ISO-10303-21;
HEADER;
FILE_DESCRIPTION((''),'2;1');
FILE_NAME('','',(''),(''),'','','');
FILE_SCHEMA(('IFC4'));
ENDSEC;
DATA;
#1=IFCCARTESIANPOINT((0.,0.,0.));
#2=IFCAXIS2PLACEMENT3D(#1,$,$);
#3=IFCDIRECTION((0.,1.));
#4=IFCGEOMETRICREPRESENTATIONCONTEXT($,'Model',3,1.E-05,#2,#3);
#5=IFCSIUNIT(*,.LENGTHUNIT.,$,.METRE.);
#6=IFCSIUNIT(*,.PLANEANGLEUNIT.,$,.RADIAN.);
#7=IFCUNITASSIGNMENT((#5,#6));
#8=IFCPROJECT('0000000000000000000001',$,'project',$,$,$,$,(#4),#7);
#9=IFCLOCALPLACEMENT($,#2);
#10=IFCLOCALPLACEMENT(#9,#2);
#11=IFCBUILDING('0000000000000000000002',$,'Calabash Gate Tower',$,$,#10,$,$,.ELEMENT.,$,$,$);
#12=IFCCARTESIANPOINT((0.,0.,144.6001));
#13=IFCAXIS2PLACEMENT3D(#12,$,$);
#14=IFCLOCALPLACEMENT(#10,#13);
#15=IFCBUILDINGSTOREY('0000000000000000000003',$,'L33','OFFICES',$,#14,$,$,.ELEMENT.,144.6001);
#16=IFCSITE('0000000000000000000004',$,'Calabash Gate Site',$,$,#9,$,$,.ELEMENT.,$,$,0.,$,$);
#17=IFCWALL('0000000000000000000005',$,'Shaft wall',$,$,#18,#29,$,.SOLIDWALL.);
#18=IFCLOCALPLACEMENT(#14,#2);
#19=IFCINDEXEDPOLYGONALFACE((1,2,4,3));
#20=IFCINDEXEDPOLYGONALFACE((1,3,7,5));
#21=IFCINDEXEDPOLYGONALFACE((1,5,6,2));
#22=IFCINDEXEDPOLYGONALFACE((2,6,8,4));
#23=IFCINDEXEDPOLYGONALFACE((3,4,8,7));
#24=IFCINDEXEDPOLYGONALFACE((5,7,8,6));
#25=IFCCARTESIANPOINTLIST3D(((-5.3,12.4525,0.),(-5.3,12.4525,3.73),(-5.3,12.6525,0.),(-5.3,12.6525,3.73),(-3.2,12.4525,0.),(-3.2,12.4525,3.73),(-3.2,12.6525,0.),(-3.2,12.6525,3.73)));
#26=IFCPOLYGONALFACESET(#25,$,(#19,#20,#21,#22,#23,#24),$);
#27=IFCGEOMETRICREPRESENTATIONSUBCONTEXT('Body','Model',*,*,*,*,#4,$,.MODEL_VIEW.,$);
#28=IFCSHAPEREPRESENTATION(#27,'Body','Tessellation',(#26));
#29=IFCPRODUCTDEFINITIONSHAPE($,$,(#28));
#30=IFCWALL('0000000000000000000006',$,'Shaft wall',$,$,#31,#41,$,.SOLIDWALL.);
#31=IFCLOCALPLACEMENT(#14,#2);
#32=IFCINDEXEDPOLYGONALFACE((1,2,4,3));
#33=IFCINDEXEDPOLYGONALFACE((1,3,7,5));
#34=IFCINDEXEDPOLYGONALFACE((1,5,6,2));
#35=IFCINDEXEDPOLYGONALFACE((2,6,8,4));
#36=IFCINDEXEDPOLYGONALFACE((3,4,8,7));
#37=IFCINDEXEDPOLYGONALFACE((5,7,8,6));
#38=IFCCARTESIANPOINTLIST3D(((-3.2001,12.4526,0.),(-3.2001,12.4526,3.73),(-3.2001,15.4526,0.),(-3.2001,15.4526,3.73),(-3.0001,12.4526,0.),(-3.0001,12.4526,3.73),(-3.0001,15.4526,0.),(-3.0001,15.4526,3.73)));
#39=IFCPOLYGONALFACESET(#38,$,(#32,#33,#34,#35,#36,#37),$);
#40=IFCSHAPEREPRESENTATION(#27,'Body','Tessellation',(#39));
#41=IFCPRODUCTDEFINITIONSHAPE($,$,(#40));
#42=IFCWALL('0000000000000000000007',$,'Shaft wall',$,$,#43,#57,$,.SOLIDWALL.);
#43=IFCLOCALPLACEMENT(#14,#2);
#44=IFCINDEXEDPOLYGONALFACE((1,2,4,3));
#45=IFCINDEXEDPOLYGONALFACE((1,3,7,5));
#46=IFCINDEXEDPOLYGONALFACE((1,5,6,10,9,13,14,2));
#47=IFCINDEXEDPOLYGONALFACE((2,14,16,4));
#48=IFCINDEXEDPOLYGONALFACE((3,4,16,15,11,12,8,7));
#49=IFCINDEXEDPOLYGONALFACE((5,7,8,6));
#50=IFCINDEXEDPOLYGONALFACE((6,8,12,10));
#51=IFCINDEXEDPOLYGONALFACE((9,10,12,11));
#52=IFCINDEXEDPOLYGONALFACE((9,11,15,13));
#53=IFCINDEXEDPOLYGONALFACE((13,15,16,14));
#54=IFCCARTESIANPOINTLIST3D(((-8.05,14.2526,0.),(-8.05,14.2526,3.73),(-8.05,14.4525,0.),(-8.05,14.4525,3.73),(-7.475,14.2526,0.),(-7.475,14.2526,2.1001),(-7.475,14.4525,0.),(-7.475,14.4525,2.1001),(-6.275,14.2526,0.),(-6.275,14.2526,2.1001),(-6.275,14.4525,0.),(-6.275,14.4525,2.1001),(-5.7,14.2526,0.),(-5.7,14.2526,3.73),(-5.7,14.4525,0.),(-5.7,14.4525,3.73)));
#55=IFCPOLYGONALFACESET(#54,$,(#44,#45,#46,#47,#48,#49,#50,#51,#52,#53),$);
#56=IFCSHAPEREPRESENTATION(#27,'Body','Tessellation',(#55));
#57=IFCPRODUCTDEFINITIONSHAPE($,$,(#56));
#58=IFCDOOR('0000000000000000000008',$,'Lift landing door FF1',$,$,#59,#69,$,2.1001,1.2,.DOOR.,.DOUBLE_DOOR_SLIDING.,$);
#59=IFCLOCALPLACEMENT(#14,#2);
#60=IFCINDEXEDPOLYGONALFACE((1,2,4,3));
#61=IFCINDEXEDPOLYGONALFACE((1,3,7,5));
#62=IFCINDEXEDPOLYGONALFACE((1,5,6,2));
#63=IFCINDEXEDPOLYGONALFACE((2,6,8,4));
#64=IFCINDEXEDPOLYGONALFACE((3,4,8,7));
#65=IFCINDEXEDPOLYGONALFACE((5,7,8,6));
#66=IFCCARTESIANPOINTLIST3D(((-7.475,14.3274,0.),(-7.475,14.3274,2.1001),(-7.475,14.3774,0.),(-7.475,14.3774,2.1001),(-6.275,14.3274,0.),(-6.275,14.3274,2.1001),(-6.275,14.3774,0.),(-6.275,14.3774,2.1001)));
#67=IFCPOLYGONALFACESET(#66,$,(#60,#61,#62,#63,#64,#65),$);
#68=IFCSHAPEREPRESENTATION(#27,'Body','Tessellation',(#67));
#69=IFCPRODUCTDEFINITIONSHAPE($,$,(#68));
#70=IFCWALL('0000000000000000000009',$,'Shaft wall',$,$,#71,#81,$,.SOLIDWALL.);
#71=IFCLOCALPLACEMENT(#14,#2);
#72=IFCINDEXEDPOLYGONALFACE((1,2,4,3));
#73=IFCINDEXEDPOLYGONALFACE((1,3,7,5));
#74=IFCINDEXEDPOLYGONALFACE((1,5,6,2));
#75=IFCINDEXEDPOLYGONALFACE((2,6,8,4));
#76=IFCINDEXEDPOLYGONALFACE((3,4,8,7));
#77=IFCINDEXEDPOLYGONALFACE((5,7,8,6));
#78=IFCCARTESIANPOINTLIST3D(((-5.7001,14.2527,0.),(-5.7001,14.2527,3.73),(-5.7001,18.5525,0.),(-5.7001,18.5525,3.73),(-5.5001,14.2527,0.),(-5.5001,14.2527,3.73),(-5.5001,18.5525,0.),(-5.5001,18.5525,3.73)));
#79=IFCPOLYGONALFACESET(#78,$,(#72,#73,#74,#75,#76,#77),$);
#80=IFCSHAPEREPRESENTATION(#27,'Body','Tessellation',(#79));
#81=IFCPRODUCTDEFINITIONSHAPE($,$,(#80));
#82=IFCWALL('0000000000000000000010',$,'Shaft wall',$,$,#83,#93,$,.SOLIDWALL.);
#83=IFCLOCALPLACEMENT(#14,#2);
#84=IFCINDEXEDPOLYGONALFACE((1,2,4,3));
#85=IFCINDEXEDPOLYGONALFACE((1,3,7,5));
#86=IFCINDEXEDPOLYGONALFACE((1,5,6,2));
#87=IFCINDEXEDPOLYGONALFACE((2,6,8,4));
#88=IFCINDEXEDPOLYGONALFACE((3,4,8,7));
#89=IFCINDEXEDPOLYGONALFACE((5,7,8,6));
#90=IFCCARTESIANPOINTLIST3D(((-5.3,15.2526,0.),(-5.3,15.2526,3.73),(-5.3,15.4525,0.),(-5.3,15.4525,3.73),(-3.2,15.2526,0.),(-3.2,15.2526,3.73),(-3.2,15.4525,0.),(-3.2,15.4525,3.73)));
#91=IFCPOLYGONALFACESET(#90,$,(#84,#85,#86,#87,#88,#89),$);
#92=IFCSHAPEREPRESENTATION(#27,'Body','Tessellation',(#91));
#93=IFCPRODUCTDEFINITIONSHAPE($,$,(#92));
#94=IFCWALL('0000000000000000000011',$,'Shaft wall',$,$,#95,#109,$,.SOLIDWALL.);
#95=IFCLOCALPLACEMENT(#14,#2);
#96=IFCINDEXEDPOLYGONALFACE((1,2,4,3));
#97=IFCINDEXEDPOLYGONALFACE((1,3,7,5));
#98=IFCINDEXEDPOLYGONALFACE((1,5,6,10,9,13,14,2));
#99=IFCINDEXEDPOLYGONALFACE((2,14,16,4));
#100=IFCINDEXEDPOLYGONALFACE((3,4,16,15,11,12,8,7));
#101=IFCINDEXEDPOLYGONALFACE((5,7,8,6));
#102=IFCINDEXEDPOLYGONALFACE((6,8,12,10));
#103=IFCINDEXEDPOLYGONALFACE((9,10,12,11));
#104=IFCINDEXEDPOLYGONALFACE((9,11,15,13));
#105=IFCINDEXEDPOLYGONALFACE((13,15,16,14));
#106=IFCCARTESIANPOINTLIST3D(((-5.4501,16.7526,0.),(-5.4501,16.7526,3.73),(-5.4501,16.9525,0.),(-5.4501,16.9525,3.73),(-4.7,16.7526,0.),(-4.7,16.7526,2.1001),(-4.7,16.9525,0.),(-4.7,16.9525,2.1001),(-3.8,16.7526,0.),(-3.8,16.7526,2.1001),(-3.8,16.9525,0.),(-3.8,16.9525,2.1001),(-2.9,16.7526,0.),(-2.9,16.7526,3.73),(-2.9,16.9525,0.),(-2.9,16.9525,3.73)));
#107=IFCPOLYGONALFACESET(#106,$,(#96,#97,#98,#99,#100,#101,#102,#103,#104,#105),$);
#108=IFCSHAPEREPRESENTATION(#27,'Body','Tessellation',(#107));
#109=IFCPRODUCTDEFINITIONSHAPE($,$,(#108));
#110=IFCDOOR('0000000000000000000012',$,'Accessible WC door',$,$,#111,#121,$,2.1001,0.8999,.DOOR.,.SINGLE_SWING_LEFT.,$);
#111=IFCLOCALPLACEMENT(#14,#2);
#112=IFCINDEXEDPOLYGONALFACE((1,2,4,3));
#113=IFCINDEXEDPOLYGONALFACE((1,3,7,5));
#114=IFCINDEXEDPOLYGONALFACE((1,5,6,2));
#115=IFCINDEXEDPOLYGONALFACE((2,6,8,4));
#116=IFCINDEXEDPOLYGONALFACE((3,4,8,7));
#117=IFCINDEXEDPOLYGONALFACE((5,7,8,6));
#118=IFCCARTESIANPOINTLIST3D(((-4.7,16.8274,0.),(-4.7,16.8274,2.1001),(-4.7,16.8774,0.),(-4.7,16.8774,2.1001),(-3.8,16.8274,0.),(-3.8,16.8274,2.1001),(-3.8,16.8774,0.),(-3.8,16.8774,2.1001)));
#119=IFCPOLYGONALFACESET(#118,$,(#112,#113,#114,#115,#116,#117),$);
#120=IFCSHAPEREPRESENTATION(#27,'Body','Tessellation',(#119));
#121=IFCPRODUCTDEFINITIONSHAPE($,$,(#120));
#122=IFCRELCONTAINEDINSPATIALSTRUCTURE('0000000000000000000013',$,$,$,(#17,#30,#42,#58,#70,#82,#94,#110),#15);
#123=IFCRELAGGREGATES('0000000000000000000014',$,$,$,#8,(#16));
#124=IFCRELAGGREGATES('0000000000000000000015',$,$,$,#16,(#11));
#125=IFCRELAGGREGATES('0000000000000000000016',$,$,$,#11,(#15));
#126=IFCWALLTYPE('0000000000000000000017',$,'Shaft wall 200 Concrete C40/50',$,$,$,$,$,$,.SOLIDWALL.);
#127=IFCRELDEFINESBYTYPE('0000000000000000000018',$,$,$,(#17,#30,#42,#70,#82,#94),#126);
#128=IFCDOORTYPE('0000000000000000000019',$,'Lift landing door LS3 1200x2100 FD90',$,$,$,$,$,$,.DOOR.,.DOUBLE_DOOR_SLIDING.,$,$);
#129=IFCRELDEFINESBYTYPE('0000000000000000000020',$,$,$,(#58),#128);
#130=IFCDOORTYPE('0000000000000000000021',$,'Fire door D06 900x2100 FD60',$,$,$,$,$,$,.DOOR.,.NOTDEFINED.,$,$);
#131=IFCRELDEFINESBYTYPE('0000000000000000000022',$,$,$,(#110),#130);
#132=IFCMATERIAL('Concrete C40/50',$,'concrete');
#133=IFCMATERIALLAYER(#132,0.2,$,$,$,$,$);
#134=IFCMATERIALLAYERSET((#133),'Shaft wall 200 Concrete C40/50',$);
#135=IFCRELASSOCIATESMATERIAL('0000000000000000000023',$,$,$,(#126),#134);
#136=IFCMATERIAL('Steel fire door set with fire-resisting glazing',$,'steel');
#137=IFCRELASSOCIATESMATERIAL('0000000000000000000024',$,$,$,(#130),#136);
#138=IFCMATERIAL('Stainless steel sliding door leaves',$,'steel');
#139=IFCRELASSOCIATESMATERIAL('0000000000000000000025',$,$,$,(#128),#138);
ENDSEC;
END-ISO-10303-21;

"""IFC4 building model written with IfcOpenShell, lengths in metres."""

from ifc_helpers import new_model, si_unit, direction, frame, frame_2d, origin, place, context, subcontext, project, spatial, rectangle, extrude, material, layer, layer_set, type_object, element, fill, save


model = new_model("IFC4")

# Units and contexts
model_context = context("Model", 3, precision=1e-05, world=origin(), true_north=direction((0.0, 1.0)))
body_context = subcontext(model_context, "Body", "Model", "MODEL_VIEW")
ifc_project = project(units=[si_unit("LENGTHUNIT", "METRE"), si_unit("PLANEANGLEUNIT", "RADIAN")], contexts=[model_context])

# Site, building, storey
site_placement = place(None, origin())
site = spatial("IfcSite", under=ifc_project, at=site_placement, Name="Calabash Gate Site", CompositionType="ELEMENT", RefElevation=0.0)
building_placement = place(site_placement, origin())
building = spatial("IfcBuilding", under=site, at=building_placement, Name="Calabash Gate Tower", CompositionType="ELEMENT")
storey_placement = place(building_placement, frame((0.0, 0.0, 144.6001)))
storey = spatial("IfcBuildingStorey", under=building, at=storey_placement, Name="L33", Description="OFFICES", CompositionType="ELEMENT", Elevation=144.6001)

# Shared definitions
ifc_material_1 = material(Name="Concrete C40/50", Category="concrete")
ifc_layer_1 = layer(ifc_material_1, 0.2)
ifc_layer_set_1 = layer_set([ifc_layer_1], Name="Shaft wall 200 Concrete C40/50")
wall_type_1 = type_object("IfcWallType", Name="Shaft wall 200 Concrete C40/50", PredefinedType="SOLIDWALL", material=ifc_layer_set_1)

# Shared definitions
ifc_material_2 = material(Name="Steel fire door set with fire-resisting glazing", Category="steel")
door_type_1 = type_object("IfcDoorType", Name="Fire door D06 900x2100 FD60", OperationType="NOTDEFINED", PredefinedType="DOOR", material=ifc_material_2)

# Walls
wall_1_placement = place(storey_placement, frame((-5.3, 12.5525, 0.0), z_axis=(0.0, 0.0, 1.0), x_axis=(1.0, 0.0, 0.0)))
element("IfcWall", 1, at=wall_1_placement, inside=storey, type_object=wall_type_1, Name="Shaft wall", PredefinedType="SOLIDWALL", context=body_context, shape_type="SweptSolid", body=[
    extrude(rectangle(XDim=2.1001, YDim=0.2, at=frame_2d((1.05, 0.0))), origin(), (0.0, 0.0, 1.0), 3.73),
])
wall_2_placement = place(storey_placement, frame((-3.1001, 12.4526, 0.0), z_axis=(0.0, 0.0, 1.0), x_axis=(0.0, 1.0, 0.0)))
element("IfcWall", 2, at=wall_2_placement, inside=storey, type_object=wall_type_1, Name="Shaft wall", PredefinedType="SOLIDWALL", context=body_context, shape_type="SweptSolid", body=[
    extrude(rectangle(XDim=3.0, YDim=0.2, at=frame_2d((1.5, 0.0))), origin(), (0.0, 0.0, 1.0), 3.73),
])

# Wall, opening, door
wall_3_placement = place(storey_placement, frame((-8.05, 14.3525, 0.0), z_axis=(0.0, 0.0, 1.0), x_axis=(1.0, 0.0, 0.0)))
wall_3 = element("IfcWall", 3, at=wall_3_placement, inside=storey, type_object=wall_type_1, Name="Shaft wall", PredefinedType="SOLIDWALL", context=body_context, shape_type="SweptSolid", body=[
    extrude(rectangle(XDim=2.3501, YDim=0.2, at=frame_2d((1.175, 0.0))), origin(), (0.0, 0.0, 1.0), 3.73),
])
opening_1_placement = place(wall_3_placement, frame((0.575, 0.0, 0.0)))
opening_1 = element("IfcOpeningElement", 4, at=opening_1_placement, cuts=wall_3, PredefinedType="OPENING", context=body_context, shape_type="SweptSolid", body=[
    extrude(rectangle(XDim=1.2, YDim=2.1001, at=frame_2d((0.6001, 1.05))), frame((0.0, 0.1099, 0.0), z_axis=(0.0, -1.0, 0.0), x_axis=(1.0, 0.0, 0.0)), (0.0, 0.0, 1.0), 0.22),
])
ifc_material_3 = material(Name="Stainless steel sliding door leaves", Category="steel")
door_type_2 = type_object("IfcDoorType", Name="Lift landing door LS3 1200x2100 FD90", OperationType="DOUBLE_DOOR_SLIDING", PredefinedType="DOOR", material=ifc_material_3)
door_1_placement = place(opening_1_placement, origin())
door_1 = element("IfcDoor", 5, at=door_1_placement, inside=storey, type_object=door_type_2, Name="Lift landing door FF1", OperationType="DOUBLE_DOOR_SLIDING", OverallHeight=2.1001, OverallWidth=1.2, PredefinedType="DOOR", context=body_context, shape_type="SweptSolid", body=[
    extrude(rectangle(XDim=1.2, YDim=2.1001, at=frame_2d((0.6001, 1.05))), frame((0.0, 0.0249, 0.0), z_axis=(0.0, -1.0, 0.0), x_axis=(1.0, 0.0, 0.0)), (0.0, 0.0, 1.0), 0.05),
])
fill(opening_1, door_1)

# Walls
wall_4_placement = place(storey_placement, frame((-5.6001, 14.2527, 0.0), z_axis=(0.0, 0.0, 1.0), x_axis=(0.0, 1.0, 0.0)))
element("IfcWall", 6, at=wall_4_placement, inside=storey, type_object=wall_type_1, Name="Shaft wall", PredefinedType="SOLIDWALL", context=body_context, shape_type="SweptSolid", body=[
    extrude(rectangle(XDim=4.2998, YDim=0.2, at=frame_2d((2.1499, 0.0))), origin(), (0.0, 0.0, 1.0), 3.73),
])
wall_5_placement = place(storey_placement, frame((-5.3, 15.3525, 0.0), z_axis=(0.0, 0.0, 1.0), x_axis=(1.0, 0.0, 0.0)))
element("IfcWall", 7, at=wall_5_placement, inside=storey, type_object=wall_type_1, Name="Shaft wall", PredefinedType="SOLIDWALL", context=body_context, shape_type="SweptSolid", body=[
    extrude(rectangle(XDim=2.1001, YDim=0.2, at=frame_2d((1.05, 0.0))), origin(), (0.0, 0.0, 1.0), 3.73),
])

# Wall, opening, door
wall_6_placement = place(storey_placement, frame((-5.45, 16.8525, 0.0), z_axis=(0.0, 0.0, 1.0), x_axis=(1.0, 0.0, 0.0)))
wall_6 = element("IfcWall", 8, at=wall_6_placement, inside=storey, type_object=wall_type_1, Name="Shaft wall", PredefinedType="SOLIDWALL", context=body_context, shape_type="SweptSolid", body=[
    extrude(rectangle(XDim=2.55, YDim=0.2, at=frame_2d((1.2749, 0.0))), origin(), (0.0, 0.0, 1.0), 3.73),
])
opening_2_placement = place(wall_6_placement, frame((0.75, 0.0, 0.0)))
opening_2 = element("IfcOpeningElement", 9, at=opening_2_placement, cuts=wall_6, PredefinedType="OPENING", context=body_context, shape_type="SweptSolid", body=[
    extrude(rectangle(XDim=0.8999, YDim=2.1001, at=frame_2d((0.45, 1.05))), frame((0.0, 0.1099, 0.0), z_axis=(0.0, -1.0, 0.0), x_axis=(1.0, 0.0, 0.0)), (0.0, 0.0, 1.0), 0.22),
])
door_2_placement = place(opening_2_placement, origin())
door_2 = element("IfcDoor", 10, at=door_2_placement, inside=storey, type_object=door_type_1, Name="Accessible WC door", OperationType="SINGLE_SWING_LEFT", OverallHeight=2.1001, OverallWidth=0.8999, PredefinedType="DOOR", context=body_context, shape_type="SweptSolid", body=[
    extrude(rectangle(XDim=0.8999, YDim=2.1001, at=frame_2d((0.45, 1.05))), frame((0.0, 0.0249, 0.0), z_axis=(0.0, -1.0, 0.0), x_axis=(1.0, 0.0, 0.0)), (0.0, 0.0, 1.0), 0.05),
])
fill(opening_2, door_2)

save(model, "model.ifc")
